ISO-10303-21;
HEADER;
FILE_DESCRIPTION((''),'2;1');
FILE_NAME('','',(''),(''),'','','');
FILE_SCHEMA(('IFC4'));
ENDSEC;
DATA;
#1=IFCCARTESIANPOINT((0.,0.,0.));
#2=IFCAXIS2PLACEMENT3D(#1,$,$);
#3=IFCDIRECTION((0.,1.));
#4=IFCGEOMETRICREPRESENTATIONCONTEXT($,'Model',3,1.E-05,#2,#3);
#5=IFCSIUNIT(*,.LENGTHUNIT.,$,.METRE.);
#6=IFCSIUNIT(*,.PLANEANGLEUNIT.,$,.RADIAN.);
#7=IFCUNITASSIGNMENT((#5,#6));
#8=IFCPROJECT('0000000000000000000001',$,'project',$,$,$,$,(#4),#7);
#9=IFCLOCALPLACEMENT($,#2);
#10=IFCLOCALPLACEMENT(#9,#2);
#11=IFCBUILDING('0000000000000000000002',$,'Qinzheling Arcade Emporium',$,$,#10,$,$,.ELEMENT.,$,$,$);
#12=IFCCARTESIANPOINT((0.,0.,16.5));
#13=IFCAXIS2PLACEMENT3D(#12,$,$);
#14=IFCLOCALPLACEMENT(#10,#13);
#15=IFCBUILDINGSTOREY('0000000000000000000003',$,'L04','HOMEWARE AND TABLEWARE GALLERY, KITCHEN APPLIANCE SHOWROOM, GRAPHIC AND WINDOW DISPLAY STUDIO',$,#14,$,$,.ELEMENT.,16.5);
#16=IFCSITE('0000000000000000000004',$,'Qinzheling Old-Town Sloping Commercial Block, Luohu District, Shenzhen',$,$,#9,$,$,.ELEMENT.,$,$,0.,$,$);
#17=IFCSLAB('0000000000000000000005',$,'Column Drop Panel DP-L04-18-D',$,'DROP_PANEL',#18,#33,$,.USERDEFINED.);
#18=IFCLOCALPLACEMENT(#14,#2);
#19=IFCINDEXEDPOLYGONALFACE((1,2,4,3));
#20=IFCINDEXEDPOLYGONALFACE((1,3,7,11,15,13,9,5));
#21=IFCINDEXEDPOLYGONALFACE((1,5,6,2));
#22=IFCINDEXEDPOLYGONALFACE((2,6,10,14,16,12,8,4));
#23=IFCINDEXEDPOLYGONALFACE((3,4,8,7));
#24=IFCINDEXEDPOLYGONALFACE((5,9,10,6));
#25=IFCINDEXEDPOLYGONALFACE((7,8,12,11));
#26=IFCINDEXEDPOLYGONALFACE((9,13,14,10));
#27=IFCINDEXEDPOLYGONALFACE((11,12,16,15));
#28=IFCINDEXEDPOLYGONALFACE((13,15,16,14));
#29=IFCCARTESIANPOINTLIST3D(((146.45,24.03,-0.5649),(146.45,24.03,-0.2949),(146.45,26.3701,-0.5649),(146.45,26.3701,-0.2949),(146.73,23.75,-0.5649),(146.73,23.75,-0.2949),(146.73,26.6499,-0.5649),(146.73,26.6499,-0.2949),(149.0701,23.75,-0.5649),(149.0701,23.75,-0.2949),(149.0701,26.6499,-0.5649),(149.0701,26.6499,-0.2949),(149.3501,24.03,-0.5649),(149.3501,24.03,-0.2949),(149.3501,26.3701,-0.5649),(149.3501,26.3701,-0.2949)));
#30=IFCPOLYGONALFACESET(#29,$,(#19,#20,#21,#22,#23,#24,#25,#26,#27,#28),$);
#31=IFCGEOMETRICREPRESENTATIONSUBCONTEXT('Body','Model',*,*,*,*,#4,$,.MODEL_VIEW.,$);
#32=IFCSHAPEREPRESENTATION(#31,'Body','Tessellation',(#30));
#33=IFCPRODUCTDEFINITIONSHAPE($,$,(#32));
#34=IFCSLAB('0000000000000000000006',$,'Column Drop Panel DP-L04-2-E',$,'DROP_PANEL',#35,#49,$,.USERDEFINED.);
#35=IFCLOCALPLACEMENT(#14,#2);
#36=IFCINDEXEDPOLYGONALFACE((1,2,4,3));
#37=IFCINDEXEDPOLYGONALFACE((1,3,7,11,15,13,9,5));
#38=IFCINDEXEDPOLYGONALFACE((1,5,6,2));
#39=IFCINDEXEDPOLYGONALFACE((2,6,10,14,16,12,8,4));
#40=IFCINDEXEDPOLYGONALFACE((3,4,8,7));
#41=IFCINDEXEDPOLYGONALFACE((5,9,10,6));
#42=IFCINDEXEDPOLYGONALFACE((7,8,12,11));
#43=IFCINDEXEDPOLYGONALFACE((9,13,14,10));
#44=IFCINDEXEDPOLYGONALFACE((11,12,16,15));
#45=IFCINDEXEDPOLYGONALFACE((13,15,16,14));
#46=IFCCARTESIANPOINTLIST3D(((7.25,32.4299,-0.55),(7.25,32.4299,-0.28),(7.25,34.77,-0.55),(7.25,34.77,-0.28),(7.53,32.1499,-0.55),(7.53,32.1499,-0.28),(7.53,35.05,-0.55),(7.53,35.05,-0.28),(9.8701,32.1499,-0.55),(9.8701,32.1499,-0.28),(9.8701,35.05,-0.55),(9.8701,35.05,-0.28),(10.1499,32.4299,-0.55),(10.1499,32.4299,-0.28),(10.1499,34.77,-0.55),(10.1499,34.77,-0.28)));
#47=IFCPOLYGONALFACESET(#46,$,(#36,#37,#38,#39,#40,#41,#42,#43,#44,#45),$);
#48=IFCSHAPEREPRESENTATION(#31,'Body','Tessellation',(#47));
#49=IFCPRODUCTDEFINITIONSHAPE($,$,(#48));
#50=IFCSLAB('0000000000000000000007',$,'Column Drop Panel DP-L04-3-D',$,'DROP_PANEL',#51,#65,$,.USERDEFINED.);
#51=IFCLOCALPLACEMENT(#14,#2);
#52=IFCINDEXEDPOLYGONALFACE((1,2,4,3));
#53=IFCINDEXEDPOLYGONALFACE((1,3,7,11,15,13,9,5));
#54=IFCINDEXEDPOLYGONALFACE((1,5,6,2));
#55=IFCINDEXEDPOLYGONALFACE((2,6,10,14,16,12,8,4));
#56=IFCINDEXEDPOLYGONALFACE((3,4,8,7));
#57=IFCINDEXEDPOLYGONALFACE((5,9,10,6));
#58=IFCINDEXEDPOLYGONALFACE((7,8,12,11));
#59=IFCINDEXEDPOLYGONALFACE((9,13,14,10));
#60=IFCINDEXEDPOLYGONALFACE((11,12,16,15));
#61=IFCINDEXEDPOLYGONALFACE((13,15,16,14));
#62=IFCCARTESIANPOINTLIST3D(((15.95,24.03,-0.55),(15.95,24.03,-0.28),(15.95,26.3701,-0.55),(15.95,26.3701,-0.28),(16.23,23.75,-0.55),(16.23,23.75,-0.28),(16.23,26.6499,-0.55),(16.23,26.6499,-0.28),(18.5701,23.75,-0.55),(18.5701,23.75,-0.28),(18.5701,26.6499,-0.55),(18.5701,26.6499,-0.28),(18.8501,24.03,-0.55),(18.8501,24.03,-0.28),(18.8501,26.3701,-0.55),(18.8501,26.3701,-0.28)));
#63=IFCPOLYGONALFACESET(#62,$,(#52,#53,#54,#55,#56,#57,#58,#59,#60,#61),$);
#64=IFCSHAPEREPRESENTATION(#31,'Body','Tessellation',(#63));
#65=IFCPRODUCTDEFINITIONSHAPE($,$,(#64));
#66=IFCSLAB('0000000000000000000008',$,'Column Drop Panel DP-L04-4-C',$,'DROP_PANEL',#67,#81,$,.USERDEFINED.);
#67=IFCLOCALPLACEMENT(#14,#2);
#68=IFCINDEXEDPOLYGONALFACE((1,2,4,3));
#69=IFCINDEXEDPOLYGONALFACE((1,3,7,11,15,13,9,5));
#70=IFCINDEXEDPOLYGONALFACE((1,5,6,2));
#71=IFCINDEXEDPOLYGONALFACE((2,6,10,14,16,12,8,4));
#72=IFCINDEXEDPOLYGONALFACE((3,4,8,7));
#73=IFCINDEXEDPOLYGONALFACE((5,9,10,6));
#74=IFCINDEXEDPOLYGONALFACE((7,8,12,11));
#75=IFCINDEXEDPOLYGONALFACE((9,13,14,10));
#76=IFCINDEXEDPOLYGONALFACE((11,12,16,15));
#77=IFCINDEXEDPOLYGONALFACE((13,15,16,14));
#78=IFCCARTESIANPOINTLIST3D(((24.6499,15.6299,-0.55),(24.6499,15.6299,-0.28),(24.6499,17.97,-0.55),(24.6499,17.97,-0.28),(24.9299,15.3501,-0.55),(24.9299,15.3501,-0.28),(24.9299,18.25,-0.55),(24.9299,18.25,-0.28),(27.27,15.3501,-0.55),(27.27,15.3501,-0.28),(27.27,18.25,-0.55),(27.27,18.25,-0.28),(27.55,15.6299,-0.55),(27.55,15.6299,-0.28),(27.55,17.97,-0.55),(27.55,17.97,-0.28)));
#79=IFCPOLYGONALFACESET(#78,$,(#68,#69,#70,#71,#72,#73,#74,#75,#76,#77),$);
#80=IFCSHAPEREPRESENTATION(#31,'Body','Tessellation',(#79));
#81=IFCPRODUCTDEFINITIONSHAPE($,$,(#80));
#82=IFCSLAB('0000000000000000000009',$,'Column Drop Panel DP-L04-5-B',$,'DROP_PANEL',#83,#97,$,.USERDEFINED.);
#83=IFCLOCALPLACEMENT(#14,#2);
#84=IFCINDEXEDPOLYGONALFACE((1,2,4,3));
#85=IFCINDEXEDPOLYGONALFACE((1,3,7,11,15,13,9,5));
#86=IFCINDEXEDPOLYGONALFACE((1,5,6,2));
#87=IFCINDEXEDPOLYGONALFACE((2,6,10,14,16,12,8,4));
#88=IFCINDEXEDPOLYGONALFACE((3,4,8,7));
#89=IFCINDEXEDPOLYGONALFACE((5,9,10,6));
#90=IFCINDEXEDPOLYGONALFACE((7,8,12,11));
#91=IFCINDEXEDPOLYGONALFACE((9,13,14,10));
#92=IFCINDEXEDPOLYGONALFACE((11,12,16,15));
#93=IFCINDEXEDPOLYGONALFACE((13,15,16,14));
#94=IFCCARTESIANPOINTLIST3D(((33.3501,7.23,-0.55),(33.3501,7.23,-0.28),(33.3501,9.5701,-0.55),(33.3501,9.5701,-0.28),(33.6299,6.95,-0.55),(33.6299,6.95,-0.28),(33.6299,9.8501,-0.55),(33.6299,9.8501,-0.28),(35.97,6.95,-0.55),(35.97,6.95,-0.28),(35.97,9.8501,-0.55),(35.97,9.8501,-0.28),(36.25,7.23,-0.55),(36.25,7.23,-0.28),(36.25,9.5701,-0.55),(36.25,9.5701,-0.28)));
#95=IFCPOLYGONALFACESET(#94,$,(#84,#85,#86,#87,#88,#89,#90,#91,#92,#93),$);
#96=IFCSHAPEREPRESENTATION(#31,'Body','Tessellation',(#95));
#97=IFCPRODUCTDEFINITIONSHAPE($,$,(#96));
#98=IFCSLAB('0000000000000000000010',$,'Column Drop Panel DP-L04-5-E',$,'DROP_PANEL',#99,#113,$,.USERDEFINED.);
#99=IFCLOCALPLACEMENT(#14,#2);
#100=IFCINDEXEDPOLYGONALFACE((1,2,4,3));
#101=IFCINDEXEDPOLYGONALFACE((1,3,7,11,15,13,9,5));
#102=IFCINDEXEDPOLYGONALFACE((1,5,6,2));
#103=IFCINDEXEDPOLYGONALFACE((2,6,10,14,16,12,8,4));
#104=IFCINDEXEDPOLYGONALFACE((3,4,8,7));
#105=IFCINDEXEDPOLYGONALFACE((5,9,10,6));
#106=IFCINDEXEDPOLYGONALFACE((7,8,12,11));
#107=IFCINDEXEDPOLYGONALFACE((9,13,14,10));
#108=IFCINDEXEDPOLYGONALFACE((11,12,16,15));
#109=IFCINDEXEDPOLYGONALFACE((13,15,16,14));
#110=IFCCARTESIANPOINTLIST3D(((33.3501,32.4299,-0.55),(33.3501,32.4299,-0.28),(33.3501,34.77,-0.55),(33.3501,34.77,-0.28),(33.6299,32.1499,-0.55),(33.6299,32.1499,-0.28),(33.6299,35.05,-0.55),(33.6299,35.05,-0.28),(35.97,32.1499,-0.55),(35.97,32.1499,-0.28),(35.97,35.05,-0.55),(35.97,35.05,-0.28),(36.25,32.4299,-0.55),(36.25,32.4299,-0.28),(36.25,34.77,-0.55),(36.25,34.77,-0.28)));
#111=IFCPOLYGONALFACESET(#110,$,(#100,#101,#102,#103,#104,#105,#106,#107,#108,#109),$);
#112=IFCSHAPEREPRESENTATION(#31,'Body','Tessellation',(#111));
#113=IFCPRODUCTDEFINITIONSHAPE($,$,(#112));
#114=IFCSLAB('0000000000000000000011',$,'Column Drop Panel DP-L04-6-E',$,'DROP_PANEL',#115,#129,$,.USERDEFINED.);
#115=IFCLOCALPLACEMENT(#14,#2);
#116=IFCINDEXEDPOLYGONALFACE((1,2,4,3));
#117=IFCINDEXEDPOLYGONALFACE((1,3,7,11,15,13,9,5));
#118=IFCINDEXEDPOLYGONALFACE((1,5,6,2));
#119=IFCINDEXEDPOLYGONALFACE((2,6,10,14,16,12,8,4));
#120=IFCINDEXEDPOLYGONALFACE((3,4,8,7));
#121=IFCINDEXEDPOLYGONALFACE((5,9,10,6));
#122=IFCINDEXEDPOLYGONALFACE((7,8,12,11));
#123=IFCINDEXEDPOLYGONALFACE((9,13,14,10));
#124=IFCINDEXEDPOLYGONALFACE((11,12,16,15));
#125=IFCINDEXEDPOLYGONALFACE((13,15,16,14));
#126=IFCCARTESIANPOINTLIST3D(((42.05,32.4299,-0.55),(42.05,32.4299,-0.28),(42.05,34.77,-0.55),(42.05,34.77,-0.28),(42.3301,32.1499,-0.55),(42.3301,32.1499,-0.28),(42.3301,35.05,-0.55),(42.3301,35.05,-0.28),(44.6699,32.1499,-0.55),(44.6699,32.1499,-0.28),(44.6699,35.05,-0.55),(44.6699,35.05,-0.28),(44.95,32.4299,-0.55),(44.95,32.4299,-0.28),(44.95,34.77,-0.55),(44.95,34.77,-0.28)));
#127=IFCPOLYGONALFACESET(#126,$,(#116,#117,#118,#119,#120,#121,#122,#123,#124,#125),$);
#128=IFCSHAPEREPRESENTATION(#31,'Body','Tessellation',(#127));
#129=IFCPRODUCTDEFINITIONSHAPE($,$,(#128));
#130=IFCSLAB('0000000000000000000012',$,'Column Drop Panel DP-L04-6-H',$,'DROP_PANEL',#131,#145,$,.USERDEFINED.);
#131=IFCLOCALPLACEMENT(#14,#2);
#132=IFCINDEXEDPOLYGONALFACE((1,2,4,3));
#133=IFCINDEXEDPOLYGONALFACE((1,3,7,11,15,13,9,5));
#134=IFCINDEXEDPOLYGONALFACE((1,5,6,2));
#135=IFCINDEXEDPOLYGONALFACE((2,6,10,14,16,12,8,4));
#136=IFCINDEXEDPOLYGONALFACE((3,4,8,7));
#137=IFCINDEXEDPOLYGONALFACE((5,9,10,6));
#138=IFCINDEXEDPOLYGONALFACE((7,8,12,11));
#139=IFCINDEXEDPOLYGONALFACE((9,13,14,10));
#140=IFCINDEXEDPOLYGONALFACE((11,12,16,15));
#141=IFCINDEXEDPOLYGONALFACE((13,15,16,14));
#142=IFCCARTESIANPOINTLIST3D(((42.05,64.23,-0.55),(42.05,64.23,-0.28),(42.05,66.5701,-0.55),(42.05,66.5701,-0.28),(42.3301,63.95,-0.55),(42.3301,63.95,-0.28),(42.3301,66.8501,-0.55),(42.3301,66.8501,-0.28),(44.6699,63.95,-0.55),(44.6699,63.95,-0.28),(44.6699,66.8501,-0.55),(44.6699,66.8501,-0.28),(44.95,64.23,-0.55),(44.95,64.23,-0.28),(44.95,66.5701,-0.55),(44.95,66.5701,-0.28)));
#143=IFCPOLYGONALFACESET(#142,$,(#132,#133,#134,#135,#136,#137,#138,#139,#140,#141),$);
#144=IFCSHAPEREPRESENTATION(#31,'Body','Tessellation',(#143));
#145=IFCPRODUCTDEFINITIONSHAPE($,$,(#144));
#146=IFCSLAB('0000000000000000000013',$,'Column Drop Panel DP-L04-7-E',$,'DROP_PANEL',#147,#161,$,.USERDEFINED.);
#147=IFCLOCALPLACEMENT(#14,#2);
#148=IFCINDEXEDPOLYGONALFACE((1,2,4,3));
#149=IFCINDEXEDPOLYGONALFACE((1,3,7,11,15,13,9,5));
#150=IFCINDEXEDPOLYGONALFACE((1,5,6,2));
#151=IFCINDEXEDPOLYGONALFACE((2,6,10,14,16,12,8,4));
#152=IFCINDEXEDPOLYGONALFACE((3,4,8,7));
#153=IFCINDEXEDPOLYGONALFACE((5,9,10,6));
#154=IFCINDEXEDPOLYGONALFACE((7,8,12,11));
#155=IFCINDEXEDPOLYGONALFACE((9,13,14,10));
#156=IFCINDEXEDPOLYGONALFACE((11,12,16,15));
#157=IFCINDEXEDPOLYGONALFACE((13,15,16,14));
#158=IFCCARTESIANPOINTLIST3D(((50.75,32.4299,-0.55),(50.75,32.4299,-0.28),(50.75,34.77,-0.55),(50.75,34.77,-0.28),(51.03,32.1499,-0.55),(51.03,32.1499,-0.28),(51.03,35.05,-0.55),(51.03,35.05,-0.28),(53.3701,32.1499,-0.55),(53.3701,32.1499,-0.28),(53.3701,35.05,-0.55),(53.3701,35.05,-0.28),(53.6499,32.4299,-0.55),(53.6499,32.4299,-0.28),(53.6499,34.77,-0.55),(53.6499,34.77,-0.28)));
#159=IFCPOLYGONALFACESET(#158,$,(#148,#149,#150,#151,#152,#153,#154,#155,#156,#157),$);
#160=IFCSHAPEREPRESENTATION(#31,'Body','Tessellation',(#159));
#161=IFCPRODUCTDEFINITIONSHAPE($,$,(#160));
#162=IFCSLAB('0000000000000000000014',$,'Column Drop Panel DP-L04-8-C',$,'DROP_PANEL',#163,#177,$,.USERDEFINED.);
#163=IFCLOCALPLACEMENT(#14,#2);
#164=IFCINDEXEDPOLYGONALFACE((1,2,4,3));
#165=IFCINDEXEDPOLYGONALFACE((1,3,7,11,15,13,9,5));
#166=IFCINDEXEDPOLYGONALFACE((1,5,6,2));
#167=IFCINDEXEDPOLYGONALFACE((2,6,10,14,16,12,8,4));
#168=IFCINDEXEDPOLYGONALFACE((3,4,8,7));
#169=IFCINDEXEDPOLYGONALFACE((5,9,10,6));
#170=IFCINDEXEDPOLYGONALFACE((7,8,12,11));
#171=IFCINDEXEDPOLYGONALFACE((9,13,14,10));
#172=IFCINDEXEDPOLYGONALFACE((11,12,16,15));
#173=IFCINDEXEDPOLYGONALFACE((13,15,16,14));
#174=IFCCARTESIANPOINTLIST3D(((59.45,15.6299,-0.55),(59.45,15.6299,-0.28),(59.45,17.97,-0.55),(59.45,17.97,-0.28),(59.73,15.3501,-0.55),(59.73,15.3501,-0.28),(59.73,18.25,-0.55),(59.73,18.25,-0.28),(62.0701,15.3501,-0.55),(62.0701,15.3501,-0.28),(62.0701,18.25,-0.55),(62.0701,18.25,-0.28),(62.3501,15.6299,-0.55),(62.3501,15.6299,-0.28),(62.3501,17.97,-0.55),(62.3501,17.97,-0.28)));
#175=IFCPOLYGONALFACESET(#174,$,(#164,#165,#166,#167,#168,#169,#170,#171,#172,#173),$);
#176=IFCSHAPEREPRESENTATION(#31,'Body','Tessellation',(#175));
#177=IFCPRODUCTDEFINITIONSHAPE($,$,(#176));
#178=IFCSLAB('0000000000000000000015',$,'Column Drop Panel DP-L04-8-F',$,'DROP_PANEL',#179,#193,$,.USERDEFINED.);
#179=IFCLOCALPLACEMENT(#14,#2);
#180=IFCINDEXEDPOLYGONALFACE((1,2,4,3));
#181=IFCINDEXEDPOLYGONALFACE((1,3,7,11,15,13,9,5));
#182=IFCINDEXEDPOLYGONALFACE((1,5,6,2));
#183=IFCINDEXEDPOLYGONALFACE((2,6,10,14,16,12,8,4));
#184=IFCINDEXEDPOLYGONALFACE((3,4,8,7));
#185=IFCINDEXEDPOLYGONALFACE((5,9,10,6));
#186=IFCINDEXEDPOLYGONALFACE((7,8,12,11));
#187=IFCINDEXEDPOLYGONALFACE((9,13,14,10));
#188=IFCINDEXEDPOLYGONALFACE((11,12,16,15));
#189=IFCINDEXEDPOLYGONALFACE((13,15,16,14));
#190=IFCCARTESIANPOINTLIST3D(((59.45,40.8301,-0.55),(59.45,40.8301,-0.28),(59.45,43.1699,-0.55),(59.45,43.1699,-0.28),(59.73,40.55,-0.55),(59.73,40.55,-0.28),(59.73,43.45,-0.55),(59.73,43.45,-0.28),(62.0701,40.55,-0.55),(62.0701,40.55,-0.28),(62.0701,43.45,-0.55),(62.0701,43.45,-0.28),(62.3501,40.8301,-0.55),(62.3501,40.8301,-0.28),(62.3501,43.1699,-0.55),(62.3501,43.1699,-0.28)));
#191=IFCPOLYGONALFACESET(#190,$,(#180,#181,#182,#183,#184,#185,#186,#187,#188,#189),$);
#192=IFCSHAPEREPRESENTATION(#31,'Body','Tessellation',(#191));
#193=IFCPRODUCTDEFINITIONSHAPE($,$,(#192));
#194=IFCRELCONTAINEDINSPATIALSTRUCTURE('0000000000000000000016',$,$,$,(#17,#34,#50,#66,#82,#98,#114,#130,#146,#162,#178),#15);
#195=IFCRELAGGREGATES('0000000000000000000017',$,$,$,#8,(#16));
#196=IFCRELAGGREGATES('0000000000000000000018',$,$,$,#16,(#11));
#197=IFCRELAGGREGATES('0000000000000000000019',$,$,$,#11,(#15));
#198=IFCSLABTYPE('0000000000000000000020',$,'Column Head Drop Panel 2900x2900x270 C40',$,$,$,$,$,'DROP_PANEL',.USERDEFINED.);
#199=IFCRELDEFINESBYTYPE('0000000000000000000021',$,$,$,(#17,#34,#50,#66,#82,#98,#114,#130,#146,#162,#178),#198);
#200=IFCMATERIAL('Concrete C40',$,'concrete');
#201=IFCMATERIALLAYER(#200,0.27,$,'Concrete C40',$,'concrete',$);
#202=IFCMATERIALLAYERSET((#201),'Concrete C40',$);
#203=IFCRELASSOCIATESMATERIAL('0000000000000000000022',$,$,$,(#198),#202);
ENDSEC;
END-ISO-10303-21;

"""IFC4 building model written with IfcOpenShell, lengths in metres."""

from ifc_helpers import new_model, si_unit, direction, frame, origin, place, context, subcontext, project, spatial, polyline, outline, extrude, material, layer, layer_set, type_object, element, save


model = new_model("IFC4")

# Units and contexts
model_context = context("Model", 3, precision=1e-05, world=origin(), true_north=direction((0.0, 1.0)))
body_context = subcontext(model_context, "Body", "Model", "MODEL_VIEW")
ifc_project = project(units=[si_unit("LENGTHUNIT", "METRE"), si_unit("PLANEANGLEUNIT", "RADIAN")], contexts=[model_context])

# Site, building, storey
site_placement = place(None, origin())
site = spatial("IfcSite", under=ifc_project, at=site_placement, Name="Qinzheling Old-Town Sloping Commercial Block, Luohu District, Shenzhen", CompositionType="ELEMENT", RefElevation=0.0)
building_placement = place(site_placement, origin())
building = spatial("IfcBuilding", under=site, at=building_placement, Name="Qinzheling Arcade Emporium", CompositionType="ELEMENT")
storey_placement = place(building_placement, frame((0.0, 0.0, 16.5)))
storey = spatial("IfcBuildingStorey", under=building, at=storey_placement, Name="L04", Description="HOMEWARE AND TABLEWARE GALLERY, KITCHEN APPLIANCE SHOWROOM, GRAPHIC AND WINDOW DISPLAY STUDIO", CompositionType="ELEMENT", Elevation=16.5)

# Slabs
ifc_material = material(Name="Concrete C40", Category="concrete")
ifc_layer_1 = layer(ifc_material, 0.27, Name="Concrete C40", Category="concrete")
ifc_layer_set_1 = layer_set([ifc_layer_1], Name="Concrete C40")
slab_type_1 = type_object("IfcSlabType", Name="Column Head Drop Panel 2900x2900x270 C40", ElementType="DROP_PANEL", PredefinedType="USERDEFINED", material=ifc_layer_set_1)
slab_1_placement = place(storey_placement, frame((0.0, 0.0, -0.5649)))
element("IfcSlab", 1, at=slab_1_placement, inside=storey, type_object=slab_type_1, Name="Column Drop Panel DP-L04-18-D", ObjectType="DROP_PANEL", PredefinedType="USERDEFINED", context=body_context, shape_type="SweptSolid", body=[
    extrude(outline(polyline([(146.73, 23.75), (149.0701, 23.75), (149.3501, 24.03), (149.3501, 26.3701), (149.0701, 26.6499), (146.73, 26.6499), (146.45, 26.3701), (146.45, 24.03), (146.73, 23.75)])), origin(), (0.0, 0.0, 1.0), 0.27),
])
slab_2_placement = place(storey_placement, frame((0.0, 0.0, -0.55)))
element("IfcSlab", 2, at=slab_2_placement, inside=storey, type_object=slab_type_1, Name="Column Drop Panel DP-L04-2-E", ObjectType="DROP_PANEL", PredefinedType="USERDEFINED", context=body_context, shape_type="SweptSolid", body=[
    extrude(outline(polyline([(7.53, 32.1499), (9.8701, 32.1499), (10.1499, 32.4299), (10.1499, 34.77), (9.8701, 35.05), (7.53, 35.05), (7.25, 34.77), (7.25, 32.4299), (7.53, 32.1499)])), origin(), (0.0, 0.0, 1.0), 0.27),
])
slab_3_placement = place(storey_placement, frame((0.0, 0.0, -0.55)))
element("IfcSlab", 3, at=slab_3_placement, inside=storey, type_object=slab_type_1, Name="Column Drop Panel DP-L04-3-D", ObjectType="DROP_PANEL", PredefinedType="USERDEFINED", context=body_context, shape_type="SweptSolid", body=[
    extrude(outline(polyline([(16.23, 23.75), (18.5701, 23.75), (18.8501, 24.03), (18.8501, 26.3701), (18.5701, 26.6499), (16.23, 26.6499), (15.95, 26.3701), (15.95, 24.03), (16.23, 23.75)])), origin(), (0.0, 0.0, 1.0), 0.27),
])
slab_4_placement = place(storey_placement, frame((0.0, 0.0, -0.55)))
element("IfcSlab", 4, at=slab_4_placement, inside=storey, type_object=slab_type_1, Name="Column Drop Panel DP-L04-4-C", ObjectType="DROP_PANEL", PredefinedType="USERDEFINED", context=body_context, shape_type="SweptSolid", body=[
    extrude(outline(polyline([(24.9299, 15.3501), (27.27, 15.3501), (27.55, 15.6299), (27.55, 17.97), (27.27, 18.25), (24.9299, 18.25), (24.6499, 17.97), (24.6499, 15.6299), (24.9299, 15.3501)])), origin(), (0.0, 0.0, 1.0), 0.27),
])
slab_5_placement = place(storey_placement, frame((0.0, 0.0, -0.55)))
element("IfcSlab", 5, at=slab_5_placement, inside=storey, type_object=slab_type_1, Name="Column Drop Panel DP-L04-5-B", ObjectType="DROP_PANEL", PredefinedType="USERDEFINED", context=body_context, shape_type="SweptSolid", body=[
    extrude(outline(polyline([(33.6299, 6.95), (35.97, 6.95), (36.25, 7.23), (36.25, 9.5701), (35.97, 9.8501), (33.6299, 9.8501), (33.3501, 9.5701), (33.3501, 7.23), (33.6299, 6.95)])), origin(), (0.0, 0.0, 1.0), 0.27),
])
slab_6_placement = place(storey_placement, frame((0.0, 0.0, -0.55)))
element("IfcSlab", 6, at=slab_6_placement, inside=storey, type_object=slab_type_1, Name="Column Drop Panel DP-L04-5-E", ObjectType="DROP_PANEL", PredefinedType="USERDEFINED", context=body_context, shape_type="SweptSolid", body=[
    extrude(outline(polyline([(33.6299, 32.1499), (35.97, 32.1499), (36.25, 32.4299), (36.25, 34.77), (35.97, 35.05), (33.6299, 35.05), (33.3501, 34.77), (33.3501, 32.4299), (33.6299, 32.1499)])), origin(), (0.0, 0.0, 1.0), 0.27),
])
slab_7_placement = place(storey_placement, frame((0.0, 0.0, -0.55)))
element("IfcSlab", 7, at=slab_7_placement, inside=storey, type_object=slab_type_1, Name="Column Drop Panel DP-L04-6-E", ObjectType="DROP_PANEL", PredefinedType="USERDEFINED", context=body_context, shape_type="SweptSolid", body=[
    extrude(outline(polyline([(42.3301, 32.1499), (44.6699, 32.1499), (44.95, 32.4299), (44.95, 34.77), (44.6699, 35.05), (42.3301, 35.05), (42.05, 34.77), (42.05, 32.4299), (42.3301, 32.1499)])), origin(), (0.0, 0.0, 1.0), 0.27),
])
slab_8_placement = place(storey_placement, frame((0.0, 0.0, -0.55)))
element("IfcSlab", 8, at=slab_8_placement, inside=storey, type_object=slab_type_1, Name="Column Drop Panel DP-L04-6-H", ObjectType="DROP_PANEL", PredefinedType="USERDEFINED", context=body_context, shape_type="SweptSolid", body=[
    extrude(outline(polyline([(42.3301, 63.95), (44.6699, 63.95), (44.95, 64.23), (44.95, 66.5701), (44.6699, 66.8501), (42.3301, 66.8501), (42.05, 66.5701), (42.05, 64.23), (42.3301, 63.95)])), origin(), (0.0, 0.0, 1.0), 0.27),
])
slab_9_placement = place(storey_placement, frame((0.0, 0.0, -0.55)))
element("IfcSlab", 9, at=slab_9_placement, inside=storey, type_object=slab_type_1, Name="Column Drop Panel DP-L04-7-E", ObjectType="DROP_PANEL", PredefinedType="USERDEFINED", context=body_context, shape_type="SweptSolid", body=[
    extrude(outline(polyline([(51.03, 32.1499), (53.3701, 32.1499), (53.6499, 32.4299), (53.6499, 34.77), (53.3701, 35.05), (51.03, 35.05), (50.75, 34.77), (50.75, 32.4299), (51.03, 32.1499)])), origin(), (0.0, 0.0, 1.0), 0.27),
])
slab_10_placement = place(storey_placement, frame((0.0, 0.0, -0.55)))
element("IfcSlab", 10, at=slab_10_placement, inside=storey, type_object=slab_type_1, Name="Column Drop Panel DP-L04-8-C", ObjectType="DROP_PANEL", PredefinedType="USERDEFINED", context=body_context, shape_type="SweptSolid", body=[
    extrude(outline(polyline([(59.73, 15.3501), (62.0701, 15.3501), (62.3501, 15.6299), (62.3501, 17.97), (62.0701, 18.25), (59.73, 18.25), (59.45, 17.97), (59.45, 15.6299), (59.73, 15.3501)])), origin(), (0.0, 0.0, 1.0), 0.27),
])
slab_11_placement = place(storey_placement, frame((0.0, 0.0, -0.55)))
element("IfcSlab", 11, at=slab_11_placement, inside=storey, type_object=slab_type_1, Name="Column Drop Panel DP-L04-8-F", ObjectType="DROP_PANEL", PredefinedType="USERDEFINED", context=body_context, shape_type="SweptSolid", body=[
    extrude(outline(polyline([(59.73, 40.55), (62.0701, 40.55), (62.3501, 40.8301), (62.3501, 43.1699), (62.0701, 43.45), (59.73, 43.45), (59.45, 43.1699), (59.45, 40.8301), (59.73, 40.55)])), origin(), (0.0, 0.0, 1.0), 0.27),
])

save(model, "model.ifc")
